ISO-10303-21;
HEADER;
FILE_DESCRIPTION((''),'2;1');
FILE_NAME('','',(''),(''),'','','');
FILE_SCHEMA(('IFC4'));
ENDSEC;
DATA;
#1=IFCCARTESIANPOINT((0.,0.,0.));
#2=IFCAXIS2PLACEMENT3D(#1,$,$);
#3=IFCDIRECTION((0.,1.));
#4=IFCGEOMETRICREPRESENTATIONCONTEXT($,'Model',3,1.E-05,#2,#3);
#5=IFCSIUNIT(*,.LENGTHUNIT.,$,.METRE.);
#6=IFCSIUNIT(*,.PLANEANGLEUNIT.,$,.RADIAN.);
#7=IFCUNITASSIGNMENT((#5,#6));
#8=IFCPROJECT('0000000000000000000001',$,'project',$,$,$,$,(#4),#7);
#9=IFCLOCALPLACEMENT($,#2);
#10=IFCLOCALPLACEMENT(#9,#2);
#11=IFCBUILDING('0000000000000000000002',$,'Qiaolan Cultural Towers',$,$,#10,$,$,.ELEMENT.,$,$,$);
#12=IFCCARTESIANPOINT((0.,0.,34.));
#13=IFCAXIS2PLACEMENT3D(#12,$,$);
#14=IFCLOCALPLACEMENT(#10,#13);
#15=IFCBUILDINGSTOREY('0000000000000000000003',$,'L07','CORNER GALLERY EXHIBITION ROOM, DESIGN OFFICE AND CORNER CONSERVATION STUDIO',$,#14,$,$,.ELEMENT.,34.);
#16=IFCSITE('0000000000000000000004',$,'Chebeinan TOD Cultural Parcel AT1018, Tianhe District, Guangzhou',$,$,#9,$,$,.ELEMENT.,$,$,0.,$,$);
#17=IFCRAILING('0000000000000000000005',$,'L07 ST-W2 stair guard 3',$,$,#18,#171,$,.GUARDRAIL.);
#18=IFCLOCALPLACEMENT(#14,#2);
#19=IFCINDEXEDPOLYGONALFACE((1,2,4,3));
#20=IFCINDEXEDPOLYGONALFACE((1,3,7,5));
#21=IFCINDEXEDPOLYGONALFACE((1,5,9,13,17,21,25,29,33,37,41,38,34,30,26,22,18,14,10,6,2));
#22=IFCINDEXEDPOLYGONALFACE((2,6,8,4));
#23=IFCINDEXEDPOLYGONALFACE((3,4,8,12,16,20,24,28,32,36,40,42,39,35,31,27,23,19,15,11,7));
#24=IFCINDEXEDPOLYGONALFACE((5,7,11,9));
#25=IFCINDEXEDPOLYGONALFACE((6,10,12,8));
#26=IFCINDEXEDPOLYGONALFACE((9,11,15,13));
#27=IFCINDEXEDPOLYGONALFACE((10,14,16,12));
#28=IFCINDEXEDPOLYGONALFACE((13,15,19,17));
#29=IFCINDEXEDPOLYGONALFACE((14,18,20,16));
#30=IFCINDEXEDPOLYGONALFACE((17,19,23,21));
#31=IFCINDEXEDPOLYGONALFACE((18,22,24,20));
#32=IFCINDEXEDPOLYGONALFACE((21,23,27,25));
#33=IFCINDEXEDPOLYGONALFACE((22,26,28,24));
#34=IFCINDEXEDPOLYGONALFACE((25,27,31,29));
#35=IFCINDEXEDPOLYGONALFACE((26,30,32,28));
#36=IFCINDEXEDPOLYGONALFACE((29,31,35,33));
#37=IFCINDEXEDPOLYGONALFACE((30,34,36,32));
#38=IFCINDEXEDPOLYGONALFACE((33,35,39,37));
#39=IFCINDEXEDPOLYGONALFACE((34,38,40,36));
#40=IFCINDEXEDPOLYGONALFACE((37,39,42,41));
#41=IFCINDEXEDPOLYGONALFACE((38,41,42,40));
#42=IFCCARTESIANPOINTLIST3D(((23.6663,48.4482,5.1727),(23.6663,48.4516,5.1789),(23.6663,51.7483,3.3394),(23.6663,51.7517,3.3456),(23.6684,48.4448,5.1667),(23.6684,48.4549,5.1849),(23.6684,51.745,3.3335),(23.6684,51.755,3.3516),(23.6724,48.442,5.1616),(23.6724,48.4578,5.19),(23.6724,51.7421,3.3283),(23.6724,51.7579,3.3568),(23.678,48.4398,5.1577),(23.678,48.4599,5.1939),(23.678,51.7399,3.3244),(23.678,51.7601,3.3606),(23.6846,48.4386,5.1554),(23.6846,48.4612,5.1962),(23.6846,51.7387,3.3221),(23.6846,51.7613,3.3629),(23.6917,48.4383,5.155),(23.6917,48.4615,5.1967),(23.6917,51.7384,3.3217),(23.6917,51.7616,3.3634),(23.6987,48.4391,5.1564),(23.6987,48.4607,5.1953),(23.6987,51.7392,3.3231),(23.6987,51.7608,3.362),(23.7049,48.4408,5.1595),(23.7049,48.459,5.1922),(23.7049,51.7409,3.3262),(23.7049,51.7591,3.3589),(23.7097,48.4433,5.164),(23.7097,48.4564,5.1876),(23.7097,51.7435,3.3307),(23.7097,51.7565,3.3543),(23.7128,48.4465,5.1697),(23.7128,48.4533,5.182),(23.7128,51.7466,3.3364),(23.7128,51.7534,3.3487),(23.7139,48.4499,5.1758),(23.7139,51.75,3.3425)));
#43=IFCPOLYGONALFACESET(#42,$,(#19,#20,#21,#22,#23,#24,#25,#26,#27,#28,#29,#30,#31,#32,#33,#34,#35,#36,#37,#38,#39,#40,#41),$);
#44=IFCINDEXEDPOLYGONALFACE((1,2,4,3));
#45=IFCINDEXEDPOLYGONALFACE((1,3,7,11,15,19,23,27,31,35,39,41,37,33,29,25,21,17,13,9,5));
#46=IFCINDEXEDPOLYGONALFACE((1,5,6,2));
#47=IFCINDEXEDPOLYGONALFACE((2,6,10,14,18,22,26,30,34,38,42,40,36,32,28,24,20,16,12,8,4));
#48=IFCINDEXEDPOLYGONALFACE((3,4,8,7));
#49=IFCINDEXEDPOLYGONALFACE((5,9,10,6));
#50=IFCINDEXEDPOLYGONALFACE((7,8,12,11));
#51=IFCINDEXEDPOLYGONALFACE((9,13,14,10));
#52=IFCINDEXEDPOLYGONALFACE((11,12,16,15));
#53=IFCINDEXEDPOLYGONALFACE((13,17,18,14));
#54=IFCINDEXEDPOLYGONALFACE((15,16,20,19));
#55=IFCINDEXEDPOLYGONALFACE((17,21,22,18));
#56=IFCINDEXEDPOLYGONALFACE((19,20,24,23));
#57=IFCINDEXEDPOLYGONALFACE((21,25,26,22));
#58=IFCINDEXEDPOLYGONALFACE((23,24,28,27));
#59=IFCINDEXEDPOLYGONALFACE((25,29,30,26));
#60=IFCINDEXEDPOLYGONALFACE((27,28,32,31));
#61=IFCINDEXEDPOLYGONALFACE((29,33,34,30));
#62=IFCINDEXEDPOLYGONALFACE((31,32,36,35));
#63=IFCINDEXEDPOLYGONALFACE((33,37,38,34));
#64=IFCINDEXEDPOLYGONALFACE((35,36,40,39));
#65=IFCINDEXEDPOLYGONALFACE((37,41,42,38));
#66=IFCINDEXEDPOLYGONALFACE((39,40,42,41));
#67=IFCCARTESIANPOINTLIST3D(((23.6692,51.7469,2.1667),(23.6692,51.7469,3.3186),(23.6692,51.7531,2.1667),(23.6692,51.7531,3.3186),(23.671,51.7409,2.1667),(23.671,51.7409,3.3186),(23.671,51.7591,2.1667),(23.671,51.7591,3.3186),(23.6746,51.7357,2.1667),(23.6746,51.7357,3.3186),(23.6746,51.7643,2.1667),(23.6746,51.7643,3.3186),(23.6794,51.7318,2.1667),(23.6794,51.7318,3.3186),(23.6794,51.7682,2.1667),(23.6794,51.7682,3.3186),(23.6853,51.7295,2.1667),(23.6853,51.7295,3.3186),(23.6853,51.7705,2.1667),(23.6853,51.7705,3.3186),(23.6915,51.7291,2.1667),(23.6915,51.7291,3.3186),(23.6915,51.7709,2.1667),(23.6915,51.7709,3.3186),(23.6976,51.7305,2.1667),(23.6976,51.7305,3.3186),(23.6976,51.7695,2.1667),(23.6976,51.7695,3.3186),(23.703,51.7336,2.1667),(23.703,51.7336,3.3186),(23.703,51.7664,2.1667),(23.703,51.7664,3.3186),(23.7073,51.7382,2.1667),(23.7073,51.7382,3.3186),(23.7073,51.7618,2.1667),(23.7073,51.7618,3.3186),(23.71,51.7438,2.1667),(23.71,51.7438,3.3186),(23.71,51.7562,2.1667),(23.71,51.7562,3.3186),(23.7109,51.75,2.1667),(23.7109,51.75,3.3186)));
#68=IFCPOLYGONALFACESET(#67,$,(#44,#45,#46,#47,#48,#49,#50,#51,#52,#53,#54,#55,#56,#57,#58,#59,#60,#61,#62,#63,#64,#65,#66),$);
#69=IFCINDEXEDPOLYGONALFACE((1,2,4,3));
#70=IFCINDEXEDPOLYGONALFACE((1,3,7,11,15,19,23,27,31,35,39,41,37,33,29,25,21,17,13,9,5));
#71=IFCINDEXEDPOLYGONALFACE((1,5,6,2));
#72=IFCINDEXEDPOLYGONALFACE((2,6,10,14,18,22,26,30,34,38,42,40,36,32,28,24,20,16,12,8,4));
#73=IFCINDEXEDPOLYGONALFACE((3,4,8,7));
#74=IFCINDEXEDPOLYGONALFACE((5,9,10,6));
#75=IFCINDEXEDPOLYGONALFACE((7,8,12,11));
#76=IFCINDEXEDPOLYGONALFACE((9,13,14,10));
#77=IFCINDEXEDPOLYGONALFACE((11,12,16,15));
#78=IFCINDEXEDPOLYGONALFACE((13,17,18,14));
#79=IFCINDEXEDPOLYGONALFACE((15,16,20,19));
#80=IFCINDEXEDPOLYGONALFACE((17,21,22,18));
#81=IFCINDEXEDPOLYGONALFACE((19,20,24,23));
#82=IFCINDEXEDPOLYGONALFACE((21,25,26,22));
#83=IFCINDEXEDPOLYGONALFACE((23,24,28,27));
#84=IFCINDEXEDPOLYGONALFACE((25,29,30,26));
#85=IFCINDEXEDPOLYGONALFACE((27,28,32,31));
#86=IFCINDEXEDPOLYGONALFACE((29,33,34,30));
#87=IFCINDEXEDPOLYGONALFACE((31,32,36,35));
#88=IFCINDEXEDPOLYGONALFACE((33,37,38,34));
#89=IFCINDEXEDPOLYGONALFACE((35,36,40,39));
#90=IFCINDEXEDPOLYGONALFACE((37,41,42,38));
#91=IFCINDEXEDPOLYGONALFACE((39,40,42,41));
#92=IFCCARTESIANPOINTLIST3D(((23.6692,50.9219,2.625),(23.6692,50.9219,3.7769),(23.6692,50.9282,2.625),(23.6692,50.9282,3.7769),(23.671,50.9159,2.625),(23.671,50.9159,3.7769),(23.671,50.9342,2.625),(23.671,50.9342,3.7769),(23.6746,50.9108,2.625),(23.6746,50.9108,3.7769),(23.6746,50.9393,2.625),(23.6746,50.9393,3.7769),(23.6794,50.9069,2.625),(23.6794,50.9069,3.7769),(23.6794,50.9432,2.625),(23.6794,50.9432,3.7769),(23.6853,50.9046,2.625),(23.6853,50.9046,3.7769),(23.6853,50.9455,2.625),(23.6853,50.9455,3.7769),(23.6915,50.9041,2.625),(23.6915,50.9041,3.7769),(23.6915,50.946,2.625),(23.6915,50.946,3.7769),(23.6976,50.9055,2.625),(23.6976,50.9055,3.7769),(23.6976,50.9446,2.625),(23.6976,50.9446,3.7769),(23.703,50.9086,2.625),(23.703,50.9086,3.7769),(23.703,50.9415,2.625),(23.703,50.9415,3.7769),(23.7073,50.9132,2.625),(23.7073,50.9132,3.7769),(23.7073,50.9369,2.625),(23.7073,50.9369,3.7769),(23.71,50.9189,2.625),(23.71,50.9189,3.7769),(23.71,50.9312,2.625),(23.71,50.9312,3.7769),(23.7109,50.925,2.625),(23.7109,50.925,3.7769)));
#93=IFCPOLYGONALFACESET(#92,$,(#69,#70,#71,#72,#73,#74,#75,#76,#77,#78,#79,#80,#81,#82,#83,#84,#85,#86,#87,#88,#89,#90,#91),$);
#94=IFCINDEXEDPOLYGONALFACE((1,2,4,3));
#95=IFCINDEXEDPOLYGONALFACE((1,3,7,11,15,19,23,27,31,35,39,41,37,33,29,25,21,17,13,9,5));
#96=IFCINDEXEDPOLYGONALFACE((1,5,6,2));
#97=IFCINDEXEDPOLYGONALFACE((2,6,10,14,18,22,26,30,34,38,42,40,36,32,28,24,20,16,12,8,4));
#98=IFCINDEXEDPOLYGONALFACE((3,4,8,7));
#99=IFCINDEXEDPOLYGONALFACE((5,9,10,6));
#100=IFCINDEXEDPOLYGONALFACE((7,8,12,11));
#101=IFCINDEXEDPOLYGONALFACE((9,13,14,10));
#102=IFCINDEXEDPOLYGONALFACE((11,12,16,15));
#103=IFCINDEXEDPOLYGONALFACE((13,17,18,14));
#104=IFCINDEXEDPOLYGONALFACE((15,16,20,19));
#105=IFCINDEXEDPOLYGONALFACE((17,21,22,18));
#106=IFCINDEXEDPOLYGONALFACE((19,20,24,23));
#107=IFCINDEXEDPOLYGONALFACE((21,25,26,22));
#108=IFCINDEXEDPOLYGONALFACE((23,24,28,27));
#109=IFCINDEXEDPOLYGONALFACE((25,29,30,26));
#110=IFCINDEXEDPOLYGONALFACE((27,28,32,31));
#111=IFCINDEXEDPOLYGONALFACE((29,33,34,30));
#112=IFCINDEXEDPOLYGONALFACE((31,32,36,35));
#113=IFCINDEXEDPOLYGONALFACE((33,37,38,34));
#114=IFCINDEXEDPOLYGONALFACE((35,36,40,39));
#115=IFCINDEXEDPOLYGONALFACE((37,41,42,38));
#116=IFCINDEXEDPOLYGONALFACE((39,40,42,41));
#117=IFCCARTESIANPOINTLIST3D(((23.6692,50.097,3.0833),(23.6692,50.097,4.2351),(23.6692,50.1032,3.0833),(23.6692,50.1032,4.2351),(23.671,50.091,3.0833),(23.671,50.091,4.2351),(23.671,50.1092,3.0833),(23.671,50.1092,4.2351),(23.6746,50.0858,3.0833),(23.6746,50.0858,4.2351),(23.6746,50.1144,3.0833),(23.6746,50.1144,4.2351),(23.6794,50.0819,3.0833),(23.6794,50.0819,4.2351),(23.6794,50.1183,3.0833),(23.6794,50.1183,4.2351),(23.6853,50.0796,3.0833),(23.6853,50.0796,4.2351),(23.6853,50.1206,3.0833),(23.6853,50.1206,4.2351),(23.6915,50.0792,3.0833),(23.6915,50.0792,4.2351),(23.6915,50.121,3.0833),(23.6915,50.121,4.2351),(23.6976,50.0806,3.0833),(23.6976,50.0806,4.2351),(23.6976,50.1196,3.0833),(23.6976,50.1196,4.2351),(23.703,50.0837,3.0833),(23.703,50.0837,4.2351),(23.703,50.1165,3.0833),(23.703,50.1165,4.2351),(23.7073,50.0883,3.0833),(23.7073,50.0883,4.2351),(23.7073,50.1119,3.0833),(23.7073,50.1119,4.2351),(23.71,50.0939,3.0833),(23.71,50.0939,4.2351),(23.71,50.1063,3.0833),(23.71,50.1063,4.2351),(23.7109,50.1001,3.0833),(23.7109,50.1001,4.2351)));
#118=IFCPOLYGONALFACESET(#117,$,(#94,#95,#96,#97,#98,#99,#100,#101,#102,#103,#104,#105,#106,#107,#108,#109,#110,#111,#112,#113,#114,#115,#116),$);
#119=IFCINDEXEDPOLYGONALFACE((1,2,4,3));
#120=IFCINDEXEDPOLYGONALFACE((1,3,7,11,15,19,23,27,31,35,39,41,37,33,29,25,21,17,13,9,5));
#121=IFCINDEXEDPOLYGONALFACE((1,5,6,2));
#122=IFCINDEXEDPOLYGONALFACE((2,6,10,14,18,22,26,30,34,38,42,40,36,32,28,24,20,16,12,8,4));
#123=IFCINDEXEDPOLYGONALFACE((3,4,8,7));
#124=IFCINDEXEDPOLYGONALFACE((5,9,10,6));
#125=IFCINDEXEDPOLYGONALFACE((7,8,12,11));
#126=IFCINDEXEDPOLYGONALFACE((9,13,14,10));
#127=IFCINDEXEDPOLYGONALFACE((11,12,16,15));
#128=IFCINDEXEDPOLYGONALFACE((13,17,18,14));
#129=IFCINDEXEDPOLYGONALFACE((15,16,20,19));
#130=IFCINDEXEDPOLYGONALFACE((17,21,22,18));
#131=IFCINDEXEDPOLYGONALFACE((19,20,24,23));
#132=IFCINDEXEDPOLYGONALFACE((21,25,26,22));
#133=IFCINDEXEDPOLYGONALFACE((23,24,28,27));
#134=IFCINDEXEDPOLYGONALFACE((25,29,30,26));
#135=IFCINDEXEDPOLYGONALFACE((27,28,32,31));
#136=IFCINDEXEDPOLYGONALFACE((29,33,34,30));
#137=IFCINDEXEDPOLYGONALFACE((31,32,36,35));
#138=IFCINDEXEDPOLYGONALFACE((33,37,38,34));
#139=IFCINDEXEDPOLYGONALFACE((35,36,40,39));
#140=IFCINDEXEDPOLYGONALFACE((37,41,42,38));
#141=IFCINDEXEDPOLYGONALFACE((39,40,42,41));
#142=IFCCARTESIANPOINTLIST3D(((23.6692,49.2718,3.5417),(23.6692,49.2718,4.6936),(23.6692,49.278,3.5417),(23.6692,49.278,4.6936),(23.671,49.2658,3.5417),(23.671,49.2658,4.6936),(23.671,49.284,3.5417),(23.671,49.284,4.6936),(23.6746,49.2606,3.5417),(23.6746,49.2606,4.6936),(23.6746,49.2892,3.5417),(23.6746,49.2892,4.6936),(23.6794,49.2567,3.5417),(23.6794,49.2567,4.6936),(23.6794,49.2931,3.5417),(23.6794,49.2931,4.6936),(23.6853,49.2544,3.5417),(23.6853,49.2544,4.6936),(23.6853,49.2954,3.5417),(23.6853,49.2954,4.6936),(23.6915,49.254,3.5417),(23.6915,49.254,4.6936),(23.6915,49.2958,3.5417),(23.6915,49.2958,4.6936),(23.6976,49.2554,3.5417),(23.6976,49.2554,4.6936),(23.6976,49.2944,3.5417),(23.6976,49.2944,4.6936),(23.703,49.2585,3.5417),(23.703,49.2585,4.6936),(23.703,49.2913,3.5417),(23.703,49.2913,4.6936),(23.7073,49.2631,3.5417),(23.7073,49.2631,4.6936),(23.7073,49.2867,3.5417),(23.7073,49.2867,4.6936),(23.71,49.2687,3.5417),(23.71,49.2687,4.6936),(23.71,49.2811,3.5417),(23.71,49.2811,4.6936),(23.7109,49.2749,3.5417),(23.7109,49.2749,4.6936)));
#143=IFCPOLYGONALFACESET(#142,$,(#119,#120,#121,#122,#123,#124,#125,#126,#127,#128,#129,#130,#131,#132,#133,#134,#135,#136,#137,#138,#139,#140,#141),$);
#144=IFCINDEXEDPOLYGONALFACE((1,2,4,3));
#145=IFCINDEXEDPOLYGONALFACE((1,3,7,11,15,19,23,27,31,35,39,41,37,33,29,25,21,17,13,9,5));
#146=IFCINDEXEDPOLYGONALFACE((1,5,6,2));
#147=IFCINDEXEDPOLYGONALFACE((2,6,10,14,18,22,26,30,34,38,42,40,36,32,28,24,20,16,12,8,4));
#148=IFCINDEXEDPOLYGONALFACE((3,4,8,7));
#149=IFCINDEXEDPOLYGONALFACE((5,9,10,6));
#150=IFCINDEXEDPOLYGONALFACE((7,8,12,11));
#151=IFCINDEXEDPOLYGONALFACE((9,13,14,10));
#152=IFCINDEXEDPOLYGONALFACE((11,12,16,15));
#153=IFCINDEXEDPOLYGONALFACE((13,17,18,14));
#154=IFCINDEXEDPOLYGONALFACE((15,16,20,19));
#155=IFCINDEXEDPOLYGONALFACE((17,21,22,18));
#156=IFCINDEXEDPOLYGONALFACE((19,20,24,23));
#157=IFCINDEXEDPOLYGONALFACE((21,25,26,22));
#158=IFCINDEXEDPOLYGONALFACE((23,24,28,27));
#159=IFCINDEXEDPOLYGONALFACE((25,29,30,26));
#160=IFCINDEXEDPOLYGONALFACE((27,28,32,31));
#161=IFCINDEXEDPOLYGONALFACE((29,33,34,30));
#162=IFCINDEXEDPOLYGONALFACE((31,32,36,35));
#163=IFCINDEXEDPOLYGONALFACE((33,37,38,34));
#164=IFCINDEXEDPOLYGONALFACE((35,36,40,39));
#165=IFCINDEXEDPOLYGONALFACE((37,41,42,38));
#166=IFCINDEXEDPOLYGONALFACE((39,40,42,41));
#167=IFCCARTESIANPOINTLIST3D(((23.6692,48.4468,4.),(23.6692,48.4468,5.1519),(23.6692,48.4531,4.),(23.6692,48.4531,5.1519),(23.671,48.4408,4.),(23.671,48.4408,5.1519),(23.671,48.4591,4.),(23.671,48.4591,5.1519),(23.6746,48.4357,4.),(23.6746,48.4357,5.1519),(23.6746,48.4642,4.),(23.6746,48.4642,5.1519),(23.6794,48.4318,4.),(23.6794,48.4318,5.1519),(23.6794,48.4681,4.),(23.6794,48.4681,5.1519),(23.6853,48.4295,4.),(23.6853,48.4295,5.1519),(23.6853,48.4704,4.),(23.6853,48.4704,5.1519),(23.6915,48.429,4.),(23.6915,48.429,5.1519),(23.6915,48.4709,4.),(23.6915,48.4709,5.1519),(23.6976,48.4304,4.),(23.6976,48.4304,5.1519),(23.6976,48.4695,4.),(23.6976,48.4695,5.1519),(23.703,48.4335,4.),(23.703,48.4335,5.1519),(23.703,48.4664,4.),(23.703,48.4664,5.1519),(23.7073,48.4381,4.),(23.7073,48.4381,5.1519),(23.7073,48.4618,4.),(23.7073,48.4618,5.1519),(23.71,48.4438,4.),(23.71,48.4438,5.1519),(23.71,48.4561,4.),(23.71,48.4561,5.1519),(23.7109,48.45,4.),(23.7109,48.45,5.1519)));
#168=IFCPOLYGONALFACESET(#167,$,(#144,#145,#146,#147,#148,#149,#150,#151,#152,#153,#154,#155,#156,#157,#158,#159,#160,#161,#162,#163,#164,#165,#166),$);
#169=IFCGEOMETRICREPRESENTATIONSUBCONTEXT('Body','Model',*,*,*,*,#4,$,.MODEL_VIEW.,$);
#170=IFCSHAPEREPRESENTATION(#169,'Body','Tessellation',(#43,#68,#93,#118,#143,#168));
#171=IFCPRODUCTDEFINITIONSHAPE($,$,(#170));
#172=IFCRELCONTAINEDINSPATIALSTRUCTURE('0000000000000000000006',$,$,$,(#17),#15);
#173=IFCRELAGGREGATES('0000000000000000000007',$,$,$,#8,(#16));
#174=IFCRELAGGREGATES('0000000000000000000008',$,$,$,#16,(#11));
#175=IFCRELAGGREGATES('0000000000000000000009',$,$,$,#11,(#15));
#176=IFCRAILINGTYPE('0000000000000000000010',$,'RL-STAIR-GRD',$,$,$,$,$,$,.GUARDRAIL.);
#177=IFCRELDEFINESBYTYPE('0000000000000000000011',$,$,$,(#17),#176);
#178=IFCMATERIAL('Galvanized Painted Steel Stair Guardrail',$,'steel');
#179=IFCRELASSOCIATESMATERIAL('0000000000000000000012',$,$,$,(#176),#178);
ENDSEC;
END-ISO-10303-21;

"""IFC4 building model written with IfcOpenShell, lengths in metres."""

from ifc_helpers import new_model, si_unit, direction, frame, origin, origin_2d, place, context, subcontext, project, spatial, circle, extrude, material, type_object, element, save


model = new_model("IFC4")

# Units and contexts
model_context = context("Model", 3, precision=1e-05, world=origin(), true_north=direction((0.0, 1.0)))
body_context = subcontext(model_context, "Body", "Model", "MODEL_VIEW")
ifc_project = project(units=[si_unit("LENGTHUNIT", "METRE"), si_unit("PLANEANGLEUNIT", "RADIAN")], contexts=[model_context])

# Site, building, storey
site_placement = place(None, origin())
site = spatial("IfcSite", under=ifc_project, at=site_placement, Name="Chebeinan TOD Cultural Parcel AT1018, Tianhe District, Guangzhou", CompositionType="ELEMENT", RefElevation=0.0)
building_placement = place(site_placement, origin())
building = spatial("IfcBuilding", under=site, at=building_placement, Name="Qiaolan Cultural Towers", CompositionType="ELEMENT")
storey_placement = place(building_placement, frame((0.0, 0.0, 34.0)))
storey = spatial("IfcBuildingStorey", under=building, at=storey_placement, Name="L07", Description="CORNER GALLERY EXHIBITION ROOM, DESIGN OFFICE AND CORNER CONSERVATION STUDIO", CompositionType="ELEMENT", Elevation=34.0)

# Railing
ifc_material_1 = material(Name="Galvanized Painted Steel Stair Guardrail", Category="steel")
railing_type_1 = type_object("IfcRailingType", Name="RL-STAIR-GRD", PredefinedType="GUARDRAIL", material=ifc_material_1)
railing_1_placement = place(storey_placement, frame((23.6899, 51.75, 2.1667)))
element("IfcRailing", 1, at=railing_1_placement, inside=storey, type_object=railing_type_1, Name="L07 ST-W2 stair guard 3", PredefinedType="GUARDRAIL", context=body_context, shape_type="SweptSolid", body=[
    extrude(circle(Radius=0.0239, at=origin_2d()), frame((0.0, 0.0, 1.1758), z_axis=(0.0, -0.874169, 0.485621), x_axis=(1.0, 0.0, 0.0)), (0.0, 0.0, 1.0), 3.7751),
    extrude(circle(Radius=0.021, at=origin_2d()), origin(), (0.0, 0.0, 1.0), 1.1519),
    extrude(circle(Radius=0.021, at=origin_2d()), frame((0.0, -0.825, 0.4583)), (0.0, 0.0, 1.0), 1.1519),
    extrude(circle(Radius=0.021, at=origin_2d()), frame((0.0, -1.6499, 0.9165)), (0.0, 0.0, 1.0), 1.1519),
    extrude(circle(Radius=0.021, at=origin_2d()), frame((0.0, -2.4751, 1.375)), (0.0, 0.0, 1.0), 1.1519),
    extrude(circle(Radius=0.021, at=origin_2d()), frame((0.0, -3.3, 1.8333)), (0.0, 0.0, 1.0), 1.1519),
])

save(model, "model.ifc")
